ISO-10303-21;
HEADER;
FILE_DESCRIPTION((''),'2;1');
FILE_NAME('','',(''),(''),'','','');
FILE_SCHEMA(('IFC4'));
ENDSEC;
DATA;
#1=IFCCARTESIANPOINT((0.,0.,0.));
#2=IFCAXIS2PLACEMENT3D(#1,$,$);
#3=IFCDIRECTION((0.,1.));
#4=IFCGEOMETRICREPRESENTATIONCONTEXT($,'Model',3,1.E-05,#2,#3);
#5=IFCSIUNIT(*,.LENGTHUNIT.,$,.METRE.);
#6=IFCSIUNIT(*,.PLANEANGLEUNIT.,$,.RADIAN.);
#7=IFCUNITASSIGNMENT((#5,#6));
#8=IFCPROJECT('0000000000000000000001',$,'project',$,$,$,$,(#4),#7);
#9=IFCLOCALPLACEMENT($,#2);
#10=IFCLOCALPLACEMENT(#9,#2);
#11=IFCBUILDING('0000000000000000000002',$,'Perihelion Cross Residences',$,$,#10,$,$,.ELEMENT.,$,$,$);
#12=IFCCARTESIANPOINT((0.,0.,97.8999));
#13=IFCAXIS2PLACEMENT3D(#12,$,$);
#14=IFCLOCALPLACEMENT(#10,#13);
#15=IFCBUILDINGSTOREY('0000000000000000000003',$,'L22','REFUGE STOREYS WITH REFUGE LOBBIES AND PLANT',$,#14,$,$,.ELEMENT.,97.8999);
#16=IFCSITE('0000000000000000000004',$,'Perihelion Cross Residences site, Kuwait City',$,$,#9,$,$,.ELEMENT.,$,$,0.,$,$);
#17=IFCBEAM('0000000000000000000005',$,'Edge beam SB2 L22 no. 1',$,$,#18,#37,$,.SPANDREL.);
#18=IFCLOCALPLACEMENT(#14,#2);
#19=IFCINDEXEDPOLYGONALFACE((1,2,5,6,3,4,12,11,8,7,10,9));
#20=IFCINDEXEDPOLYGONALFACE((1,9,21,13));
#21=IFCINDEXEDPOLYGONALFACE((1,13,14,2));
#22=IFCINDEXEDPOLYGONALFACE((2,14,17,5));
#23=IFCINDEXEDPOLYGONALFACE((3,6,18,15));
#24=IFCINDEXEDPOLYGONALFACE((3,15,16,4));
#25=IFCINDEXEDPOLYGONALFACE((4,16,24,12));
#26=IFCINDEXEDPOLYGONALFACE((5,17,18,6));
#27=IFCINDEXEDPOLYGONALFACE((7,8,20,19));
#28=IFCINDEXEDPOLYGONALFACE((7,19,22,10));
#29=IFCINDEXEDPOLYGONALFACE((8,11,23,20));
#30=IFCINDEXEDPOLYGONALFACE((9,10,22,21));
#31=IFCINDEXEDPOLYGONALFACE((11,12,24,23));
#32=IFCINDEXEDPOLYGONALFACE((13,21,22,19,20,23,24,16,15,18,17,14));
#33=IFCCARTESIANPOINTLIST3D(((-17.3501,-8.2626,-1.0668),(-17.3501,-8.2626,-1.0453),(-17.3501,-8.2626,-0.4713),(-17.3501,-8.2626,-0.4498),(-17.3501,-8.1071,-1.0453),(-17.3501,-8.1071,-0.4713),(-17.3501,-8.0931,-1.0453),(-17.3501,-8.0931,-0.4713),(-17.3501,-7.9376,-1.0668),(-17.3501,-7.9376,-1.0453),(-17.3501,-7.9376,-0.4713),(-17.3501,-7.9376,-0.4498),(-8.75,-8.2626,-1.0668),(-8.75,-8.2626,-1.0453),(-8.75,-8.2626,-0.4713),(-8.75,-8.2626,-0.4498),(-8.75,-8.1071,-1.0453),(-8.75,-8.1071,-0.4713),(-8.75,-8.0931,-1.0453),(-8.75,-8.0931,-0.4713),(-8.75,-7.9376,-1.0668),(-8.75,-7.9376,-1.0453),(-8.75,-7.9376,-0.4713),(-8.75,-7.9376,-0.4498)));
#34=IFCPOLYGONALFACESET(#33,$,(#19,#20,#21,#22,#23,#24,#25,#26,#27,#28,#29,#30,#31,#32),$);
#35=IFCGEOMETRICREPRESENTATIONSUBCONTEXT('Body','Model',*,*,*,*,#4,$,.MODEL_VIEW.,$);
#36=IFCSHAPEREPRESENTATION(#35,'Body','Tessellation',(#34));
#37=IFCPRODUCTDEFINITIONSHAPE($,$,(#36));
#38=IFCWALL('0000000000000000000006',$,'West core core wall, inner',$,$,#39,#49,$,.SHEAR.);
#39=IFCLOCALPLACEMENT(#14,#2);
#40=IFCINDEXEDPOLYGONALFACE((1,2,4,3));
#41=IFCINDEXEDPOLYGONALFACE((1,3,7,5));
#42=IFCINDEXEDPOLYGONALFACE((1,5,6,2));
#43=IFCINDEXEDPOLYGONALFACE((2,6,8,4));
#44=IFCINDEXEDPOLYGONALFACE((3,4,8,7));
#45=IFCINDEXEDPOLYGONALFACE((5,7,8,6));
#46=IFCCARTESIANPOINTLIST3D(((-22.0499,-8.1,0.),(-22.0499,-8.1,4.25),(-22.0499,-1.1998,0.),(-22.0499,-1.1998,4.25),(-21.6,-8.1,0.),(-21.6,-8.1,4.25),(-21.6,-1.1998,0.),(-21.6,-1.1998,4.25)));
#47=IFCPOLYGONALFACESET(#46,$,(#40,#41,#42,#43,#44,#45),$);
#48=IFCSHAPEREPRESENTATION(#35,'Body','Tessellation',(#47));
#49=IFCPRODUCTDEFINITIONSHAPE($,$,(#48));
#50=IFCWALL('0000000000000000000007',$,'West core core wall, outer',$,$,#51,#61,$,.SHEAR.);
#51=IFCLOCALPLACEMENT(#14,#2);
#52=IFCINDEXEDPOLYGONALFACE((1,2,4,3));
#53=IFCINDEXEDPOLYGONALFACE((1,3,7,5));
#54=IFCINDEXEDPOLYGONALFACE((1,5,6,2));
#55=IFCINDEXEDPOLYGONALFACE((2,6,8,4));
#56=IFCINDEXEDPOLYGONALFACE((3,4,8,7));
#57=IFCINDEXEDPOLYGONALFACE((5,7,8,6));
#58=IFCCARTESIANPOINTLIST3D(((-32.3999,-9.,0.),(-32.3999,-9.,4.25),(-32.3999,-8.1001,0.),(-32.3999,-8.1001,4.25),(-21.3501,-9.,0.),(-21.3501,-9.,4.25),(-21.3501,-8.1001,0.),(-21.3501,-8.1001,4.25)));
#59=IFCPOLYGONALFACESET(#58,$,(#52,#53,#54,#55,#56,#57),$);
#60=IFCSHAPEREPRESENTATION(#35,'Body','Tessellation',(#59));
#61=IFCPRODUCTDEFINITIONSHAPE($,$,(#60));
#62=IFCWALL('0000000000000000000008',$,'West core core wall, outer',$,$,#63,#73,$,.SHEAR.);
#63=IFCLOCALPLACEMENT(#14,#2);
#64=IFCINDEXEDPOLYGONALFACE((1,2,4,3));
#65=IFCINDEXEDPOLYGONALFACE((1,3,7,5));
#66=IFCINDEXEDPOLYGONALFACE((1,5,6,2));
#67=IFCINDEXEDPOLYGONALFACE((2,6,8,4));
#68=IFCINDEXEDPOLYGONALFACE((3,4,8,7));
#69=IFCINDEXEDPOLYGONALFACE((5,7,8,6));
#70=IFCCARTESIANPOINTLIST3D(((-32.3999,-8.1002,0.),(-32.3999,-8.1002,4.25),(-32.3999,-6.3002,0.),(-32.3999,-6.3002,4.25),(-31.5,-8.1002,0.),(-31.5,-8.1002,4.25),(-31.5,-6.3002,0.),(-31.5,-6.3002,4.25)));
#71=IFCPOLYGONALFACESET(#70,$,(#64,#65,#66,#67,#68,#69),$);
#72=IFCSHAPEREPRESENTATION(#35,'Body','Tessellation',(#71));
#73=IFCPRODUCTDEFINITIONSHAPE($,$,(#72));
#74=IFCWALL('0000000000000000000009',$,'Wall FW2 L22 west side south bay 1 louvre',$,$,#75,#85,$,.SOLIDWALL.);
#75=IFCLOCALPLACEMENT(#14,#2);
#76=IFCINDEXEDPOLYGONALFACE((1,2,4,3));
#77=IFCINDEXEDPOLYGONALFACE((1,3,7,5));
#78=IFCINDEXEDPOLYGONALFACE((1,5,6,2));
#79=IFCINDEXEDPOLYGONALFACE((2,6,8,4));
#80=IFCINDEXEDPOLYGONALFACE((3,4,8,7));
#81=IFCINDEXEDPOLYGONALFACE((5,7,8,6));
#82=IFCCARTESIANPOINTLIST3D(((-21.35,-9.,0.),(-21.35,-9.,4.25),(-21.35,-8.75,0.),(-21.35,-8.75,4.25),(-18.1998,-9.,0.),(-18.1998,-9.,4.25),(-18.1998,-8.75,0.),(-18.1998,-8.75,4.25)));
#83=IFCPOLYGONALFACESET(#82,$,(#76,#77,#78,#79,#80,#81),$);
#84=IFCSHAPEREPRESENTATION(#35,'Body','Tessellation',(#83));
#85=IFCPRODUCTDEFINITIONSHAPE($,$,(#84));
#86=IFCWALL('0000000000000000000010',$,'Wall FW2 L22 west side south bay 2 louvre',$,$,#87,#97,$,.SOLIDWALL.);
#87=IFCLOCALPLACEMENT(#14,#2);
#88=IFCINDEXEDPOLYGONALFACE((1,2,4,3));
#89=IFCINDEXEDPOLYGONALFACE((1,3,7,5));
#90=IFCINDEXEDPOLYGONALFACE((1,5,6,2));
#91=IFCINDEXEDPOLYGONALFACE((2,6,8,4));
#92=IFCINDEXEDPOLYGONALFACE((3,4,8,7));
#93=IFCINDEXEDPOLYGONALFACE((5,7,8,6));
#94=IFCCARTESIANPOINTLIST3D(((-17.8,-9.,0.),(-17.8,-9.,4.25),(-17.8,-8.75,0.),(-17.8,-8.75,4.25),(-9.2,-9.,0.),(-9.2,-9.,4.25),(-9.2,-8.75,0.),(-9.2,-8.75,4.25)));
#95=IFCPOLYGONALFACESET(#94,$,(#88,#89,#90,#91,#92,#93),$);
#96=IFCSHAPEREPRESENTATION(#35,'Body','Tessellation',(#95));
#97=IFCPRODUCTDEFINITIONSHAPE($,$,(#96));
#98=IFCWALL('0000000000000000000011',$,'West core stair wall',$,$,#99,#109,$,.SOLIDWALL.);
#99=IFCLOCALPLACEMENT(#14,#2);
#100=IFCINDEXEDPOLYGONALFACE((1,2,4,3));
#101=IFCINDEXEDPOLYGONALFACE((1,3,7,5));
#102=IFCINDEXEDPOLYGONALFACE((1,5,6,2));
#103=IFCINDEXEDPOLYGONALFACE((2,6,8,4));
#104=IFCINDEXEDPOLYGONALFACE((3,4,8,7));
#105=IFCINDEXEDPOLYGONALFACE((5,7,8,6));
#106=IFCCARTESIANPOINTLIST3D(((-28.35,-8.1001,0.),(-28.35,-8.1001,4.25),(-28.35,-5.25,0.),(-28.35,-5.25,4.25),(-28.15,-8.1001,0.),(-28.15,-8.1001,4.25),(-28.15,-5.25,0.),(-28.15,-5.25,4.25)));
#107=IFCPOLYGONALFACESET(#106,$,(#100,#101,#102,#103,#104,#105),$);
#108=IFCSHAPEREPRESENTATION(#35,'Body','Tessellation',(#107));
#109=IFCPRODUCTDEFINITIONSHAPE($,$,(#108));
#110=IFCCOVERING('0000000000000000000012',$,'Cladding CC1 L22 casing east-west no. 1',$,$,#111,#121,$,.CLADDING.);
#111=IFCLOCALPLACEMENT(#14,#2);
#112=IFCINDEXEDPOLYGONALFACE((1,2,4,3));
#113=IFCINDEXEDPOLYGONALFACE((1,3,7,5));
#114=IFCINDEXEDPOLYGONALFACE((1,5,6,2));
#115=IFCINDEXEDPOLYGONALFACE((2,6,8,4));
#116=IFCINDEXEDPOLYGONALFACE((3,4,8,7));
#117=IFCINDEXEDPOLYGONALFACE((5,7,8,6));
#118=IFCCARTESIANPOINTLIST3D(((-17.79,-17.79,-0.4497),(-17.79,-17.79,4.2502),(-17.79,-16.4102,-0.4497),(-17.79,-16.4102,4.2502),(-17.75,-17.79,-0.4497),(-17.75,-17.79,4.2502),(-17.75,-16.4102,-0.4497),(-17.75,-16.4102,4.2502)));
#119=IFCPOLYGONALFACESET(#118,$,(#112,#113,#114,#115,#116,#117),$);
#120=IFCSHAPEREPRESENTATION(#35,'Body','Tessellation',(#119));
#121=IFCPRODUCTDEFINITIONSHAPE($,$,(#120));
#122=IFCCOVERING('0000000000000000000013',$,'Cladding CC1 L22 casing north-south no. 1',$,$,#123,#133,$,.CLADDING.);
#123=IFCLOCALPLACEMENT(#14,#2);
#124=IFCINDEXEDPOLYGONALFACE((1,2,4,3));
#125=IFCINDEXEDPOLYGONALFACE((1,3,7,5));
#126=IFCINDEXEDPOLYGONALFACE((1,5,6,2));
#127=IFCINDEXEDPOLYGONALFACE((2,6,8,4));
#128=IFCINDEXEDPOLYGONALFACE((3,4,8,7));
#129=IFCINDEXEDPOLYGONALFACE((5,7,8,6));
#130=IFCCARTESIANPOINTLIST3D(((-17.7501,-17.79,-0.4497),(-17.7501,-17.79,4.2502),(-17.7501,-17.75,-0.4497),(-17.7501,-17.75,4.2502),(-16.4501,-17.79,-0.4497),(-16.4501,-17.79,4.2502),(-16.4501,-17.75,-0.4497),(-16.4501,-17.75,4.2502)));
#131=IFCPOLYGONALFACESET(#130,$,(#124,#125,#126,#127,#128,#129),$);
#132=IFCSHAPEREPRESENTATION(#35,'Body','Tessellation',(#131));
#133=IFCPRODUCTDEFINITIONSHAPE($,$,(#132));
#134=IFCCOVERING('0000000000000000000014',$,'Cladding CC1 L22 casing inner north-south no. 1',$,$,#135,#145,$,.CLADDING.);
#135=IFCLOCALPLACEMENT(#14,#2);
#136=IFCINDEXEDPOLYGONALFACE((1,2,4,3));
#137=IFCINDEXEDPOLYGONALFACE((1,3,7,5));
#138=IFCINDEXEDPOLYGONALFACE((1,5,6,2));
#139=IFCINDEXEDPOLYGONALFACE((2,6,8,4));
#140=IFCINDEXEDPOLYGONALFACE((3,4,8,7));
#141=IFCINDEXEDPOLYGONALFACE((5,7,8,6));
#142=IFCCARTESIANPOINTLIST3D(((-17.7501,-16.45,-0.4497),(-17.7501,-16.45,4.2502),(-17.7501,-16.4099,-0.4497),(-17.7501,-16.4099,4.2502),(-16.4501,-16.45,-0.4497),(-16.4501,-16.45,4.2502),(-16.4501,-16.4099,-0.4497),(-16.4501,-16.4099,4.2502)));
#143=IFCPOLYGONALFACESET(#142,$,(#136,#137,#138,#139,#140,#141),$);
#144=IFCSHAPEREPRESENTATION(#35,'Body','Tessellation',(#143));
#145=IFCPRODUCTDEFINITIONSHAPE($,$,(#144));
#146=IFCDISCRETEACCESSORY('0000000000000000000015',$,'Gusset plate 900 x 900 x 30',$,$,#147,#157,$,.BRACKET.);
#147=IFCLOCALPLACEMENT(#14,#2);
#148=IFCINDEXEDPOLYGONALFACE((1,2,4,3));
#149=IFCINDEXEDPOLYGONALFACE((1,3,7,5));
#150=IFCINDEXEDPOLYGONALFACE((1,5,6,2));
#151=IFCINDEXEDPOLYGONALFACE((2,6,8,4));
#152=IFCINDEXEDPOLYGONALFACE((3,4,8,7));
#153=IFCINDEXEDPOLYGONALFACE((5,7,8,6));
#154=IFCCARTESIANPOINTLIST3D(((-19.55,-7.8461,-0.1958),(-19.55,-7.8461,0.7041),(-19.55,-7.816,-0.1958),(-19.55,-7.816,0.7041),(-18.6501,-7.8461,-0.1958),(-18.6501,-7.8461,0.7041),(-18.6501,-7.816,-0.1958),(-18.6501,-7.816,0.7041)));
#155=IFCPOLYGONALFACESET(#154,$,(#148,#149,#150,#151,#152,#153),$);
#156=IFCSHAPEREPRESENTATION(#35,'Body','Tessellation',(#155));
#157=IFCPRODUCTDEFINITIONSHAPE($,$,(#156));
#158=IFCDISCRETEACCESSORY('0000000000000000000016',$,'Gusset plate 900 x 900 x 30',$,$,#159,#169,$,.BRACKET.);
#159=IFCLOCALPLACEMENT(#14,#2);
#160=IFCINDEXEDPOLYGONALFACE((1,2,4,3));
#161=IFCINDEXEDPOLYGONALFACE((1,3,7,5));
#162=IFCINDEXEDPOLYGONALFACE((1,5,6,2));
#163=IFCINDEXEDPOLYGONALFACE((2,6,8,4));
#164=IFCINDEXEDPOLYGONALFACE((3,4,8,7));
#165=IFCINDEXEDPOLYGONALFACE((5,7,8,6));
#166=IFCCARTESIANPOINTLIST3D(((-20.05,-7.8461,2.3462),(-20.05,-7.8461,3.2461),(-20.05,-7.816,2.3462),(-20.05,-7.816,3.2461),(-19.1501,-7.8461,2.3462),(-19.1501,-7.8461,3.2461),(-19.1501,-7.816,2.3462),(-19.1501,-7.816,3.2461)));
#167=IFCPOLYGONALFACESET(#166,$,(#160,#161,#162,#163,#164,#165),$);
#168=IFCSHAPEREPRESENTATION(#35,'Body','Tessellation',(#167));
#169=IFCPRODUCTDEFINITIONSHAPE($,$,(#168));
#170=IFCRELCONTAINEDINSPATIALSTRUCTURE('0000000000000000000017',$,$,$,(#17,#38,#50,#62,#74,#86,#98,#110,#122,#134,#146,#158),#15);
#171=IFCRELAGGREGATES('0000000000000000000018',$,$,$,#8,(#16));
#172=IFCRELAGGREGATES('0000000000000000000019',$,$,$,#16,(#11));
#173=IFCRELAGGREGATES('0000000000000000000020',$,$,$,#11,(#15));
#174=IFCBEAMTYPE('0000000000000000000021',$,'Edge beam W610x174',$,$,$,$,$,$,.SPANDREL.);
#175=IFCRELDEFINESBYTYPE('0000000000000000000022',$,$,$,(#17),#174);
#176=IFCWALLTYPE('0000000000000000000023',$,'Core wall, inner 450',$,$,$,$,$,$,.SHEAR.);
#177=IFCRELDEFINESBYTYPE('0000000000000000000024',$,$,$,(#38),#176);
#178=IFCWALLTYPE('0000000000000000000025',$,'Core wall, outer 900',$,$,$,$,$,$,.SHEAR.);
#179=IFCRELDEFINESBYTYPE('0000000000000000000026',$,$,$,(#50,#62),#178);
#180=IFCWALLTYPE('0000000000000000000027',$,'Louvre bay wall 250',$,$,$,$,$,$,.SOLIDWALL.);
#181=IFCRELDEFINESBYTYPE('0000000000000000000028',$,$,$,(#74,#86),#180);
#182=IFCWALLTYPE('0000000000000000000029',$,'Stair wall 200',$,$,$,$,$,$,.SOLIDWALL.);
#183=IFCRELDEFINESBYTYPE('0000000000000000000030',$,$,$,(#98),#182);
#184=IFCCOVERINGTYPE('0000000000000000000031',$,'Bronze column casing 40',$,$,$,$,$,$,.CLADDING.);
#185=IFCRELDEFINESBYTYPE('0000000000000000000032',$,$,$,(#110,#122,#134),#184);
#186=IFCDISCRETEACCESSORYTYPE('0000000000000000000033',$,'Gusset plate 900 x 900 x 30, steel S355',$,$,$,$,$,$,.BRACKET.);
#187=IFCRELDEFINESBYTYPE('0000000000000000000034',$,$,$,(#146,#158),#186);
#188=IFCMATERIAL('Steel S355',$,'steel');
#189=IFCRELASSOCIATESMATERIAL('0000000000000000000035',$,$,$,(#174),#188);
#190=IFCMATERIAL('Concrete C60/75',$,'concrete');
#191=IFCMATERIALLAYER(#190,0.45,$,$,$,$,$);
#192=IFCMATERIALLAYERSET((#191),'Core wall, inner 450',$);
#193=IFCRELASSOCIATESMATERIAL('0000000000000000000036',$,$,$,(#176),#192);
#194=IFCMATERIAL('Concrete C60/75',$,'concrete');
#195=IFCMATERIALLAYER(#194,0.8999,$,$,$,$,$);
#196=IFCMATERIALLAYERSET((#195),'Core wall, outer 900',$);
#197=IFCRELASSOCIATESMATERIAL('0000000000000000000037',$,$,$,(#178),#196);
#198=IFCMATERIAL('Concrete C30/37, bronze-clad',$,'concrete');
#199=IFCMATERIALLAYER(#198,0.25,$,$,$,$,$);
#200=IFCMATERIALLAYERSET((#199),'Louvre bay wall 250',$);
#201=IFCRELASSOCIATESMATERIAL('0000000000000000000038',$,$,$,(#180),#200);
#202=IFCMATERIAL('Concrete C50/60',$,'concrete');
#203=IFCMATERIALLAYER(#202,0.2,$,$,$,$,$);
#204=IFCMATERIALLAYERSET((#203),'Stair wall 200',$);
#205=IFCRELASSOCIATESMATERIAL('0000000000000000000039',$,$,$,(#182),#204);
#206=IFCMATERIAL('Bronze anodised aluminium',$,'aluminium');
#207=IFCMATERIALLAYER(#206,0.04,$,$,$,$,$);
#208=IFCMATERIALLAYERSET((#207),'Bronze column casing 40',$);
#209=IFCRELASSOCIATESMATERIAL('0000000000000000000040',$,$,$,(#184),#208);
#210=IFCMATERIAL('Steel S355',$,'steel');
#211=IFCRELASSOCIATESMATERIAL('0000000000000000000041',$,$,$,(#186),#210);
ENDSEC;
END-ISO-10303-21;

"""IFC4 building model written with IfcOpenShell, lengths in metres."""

from ifc_helpers import new_model, si_unit, direction, frame, frame_2d, origin, origin_2d, place, context, subcontext, project, spatial, rectangle, i_section, extrude, material, layer, layer_set, material_profile, profile_set, type_object, element, save


model = new_model("IFC4")

# Units and contexts
model_context = context("Model", 3, precision=1e-05, world=origin(), true_north=direction((0.0, 1.0)))
body_context = subcontext(model_context, "Body", "Model", "MODEL_VIEW")
ifc_project = project(units=[si_unit("LENGTHUNIT", "METRE"), si_unit("PLANEANGLEUNIT", "RADIAN")], contexts=[model_context])

# Site, building, storey
site_placement = place(None, origin())
site = spatial("IfcSite", under=ifc_project, at=site_placement, Name="Perihelion Cross Residences site, Kuwait City", CompositionType="ELEMENT", RefElevation=0.0)
building_placement = place(site_placement, origin())
building = spatial("IfcBuilding", under=site, at=building_placement, Name="Perihelion Cross Residences", CompositionType="ELEMENT")
storey_placement = place(building_placement, frame((0.0, 0.0, 97.8999)))
storey = spatial("IfcBuildingStorey", under=building, at=storey_placement, Name="L22", Description="REFUGE STOREYS WITH REFUGE LOBBIES AND PLANT", CompositionType="ELEMENT", Elevation=97.8999)

# Beam
ifc_material_1 = material(Name="Steel S355", Category="steel")
ifc_material_profile_1 = material_profile(ifc_material_1, i_section(OverallWidth=0.325, OverallDepth=0.6169, WebThickness=0.0139, FlangeThickness=0.0215, at=origin_2d()), Name="W610x174")
ifc_profile_set_1 = profile_set([ifc_material_profile_1], Name="Steel S355")
beam_type_1 = type_object("IfcBeamType", Name="Edge beam W610x174", PredefinedType="SPANDREL", material=ifc_profile_set_1)
beam_1_placement = place(storey_placement, frame((-17.3501, -8.1001, -0.7583), z_axis=(1.0, 0.0, 0.0), x_axis=(0.0, 1.0, 0.0)))
element("IfcBeam", 1, at=beam_1_placement, inside=storey, type_object=beam_type_1, Name="Edge beam SB2 L22 no. 1", PredefinedType="SPANDREL", context=body_context, shape_type="SweptSolid", body=[
    extrude(i_section(OverallWidth=0.325, OverallDepth=0.6169, WebThickness=0.0139, FlangeThickness=0.0215, at=origin_2d()), origin(), (0.0, 0.0, 1.0), 8.6001),
])

# Walls
ifc_material_2 = material(Name="Concrete C60/75", Category="concrete")
ifc_layer_1 = layer(ifc_material_2, 0.45)
ifc_layer_set_1 = layer_set([ifc_layer_1], Name="Core wall, inner 450")
wall_type_1 = type_object("IfcWallType", Name="Core wall, inner 450", PredefinedType="SHEAR", material=ifc_layer_set_1)
wall_1_placement = place(storey_placement, frame((-21.825, -8.1001, 0.0), z_axis=(0.0, 0.0, 1.0), x_axis=(0.0, 1.0, 0.0)))
element("IfcWall", 2, at=wall_1_placement, inside=storey, type_object=wall_type_1, Name="West core core wall, inner", PredefinedType="SHEAR", context=body_context, shape_type="SweptSolid", body=[
    extrude(rectangle(XDim=6.9001, YDim=0.45, at=frame_2d((3.4502, 0.0))), origin(), (0.0, 0.0, 1.0), 4.25),
])
ifc_material_3 = material(Name="Concrete C60/75", Category="concrete")
ifc_layer_2 = layer(ifc_material_3, 0.8999)
ifc_layer_set_2 = layer_set([ifc_layer_2], Name="Core wall, outer 900")
wall_type_2 = type_object("IfcWallType", Name="Core wall, outer 900", PredefinedType="SHEAR", material=ifc_layer_set_2)
wall_2_placement = place(storey_placement, frame((-32.3999, -8.55, 0.0), z_axis=(0.0, 0.0, 1.0), x_axis=(1.0, 0.0, 0.0)))
element("IfcWall", 3, at=wall_2_placement, inside=storey, type_object=wall_type_2, Name="West core core wall, outer", PredefinedType="SHEAR", context=body_context, shape_type="SweptSolid", body=[
    extrude(rectangle(XDim=11.0498, YDim=0.8999, at=frame_2d((5.5249, 0.0))), origin(), (0.0, 0.0, 1.0), 4.25),
])
wall_3_placement = place(storey_placement, frame((-31.95, -8.1001, 0.0), z_axis=(0.0, 0.0, 1.0), x_axis=(0.0, 1.0, 0.0)))
element("IfcWall", 4, at=wall_3_placement, inside=storey, type_object=wall_type_2, Name="West core core wall, outer", PredefinedType="SHEAR", context=body_context, shape_type="SweptSolid", body=[
    extrude(rectangle(XDim=1.8, YDim=0.8999, at=frame_2d((0.8999, 0.0))), origin(), (0.0, 0.0, 1.0), 4.25),
])
ifc_material_4 = material(Name="Concrete C30/37, bronze-clad", Category="concrete")
ifc_layer_3 = layer(ifc_material_4, 0.25)
ifc_layer_set_3 = layer_set([ifc_layer_3], Name="Louvre bay wall 250")
wall_type_3 = type_object("IfcWallType", Name="Louvre bay wall 250", PredefinedType="SOLIDWALL", material=ifc_layer_set_3)
wall_4_placement = place(storey_placement, frame((-21.3501, -8.875, 0.0), z_axis=(0.0, 0.0, 1.0), x_axis=(1.0, 0.0, 0.0)))
element("IfcWall", 5, at=wall_4_placement, inside=storey, type_object=wall_type_3, Name="Wall FW2 L22 west side south bay 1 louvre", PredefinedType="SOLIDWALL", context=body_context, shape_type="SweptSolid", body=[
    extrude(rectangle(XDim=3.1501, YDim=0.25, at=frame_2d((1.5752, 0.0))), origin(), (0.0, 0.0, 1.0), 4.25),
])
wall_5_placement = place(storey_placement, frame((-17.8, -8.875, 0.0), z_axis=(0.0, 0.0, 1.0), x_axis=(1.0, 0.0, 0.0)))
element("IfcWall", 6, at=wall_5_placement, inside=storey, type_object=wall_type_3, Name="Wall FW2 L22 west side south bay 2 louvre", PredefinedType="SOLIDWALL", context=body_context, shape_type="SweptSolid", body=[
    extrude(rectangle(XDim=8.6001, YDim=0.25, at=frame_2d((4.3, 0.0))), origin(), (0.0, 0.0, 1.0), 4.25),
])
ifc_material_5 = material(Name="Concrete C50/60", Category="concrete")
ifc_layer_4 = layer(ifc_material_5, 0.2)
ifc_layer_set_4 = layer_set([ifc_layer_4], Name="Stair wall 200")
wall_type_4 = type_object("IfcWallType", Name="Stair wall 200", PredefinedType="SOLIDWALL", material=ifc_layer_set_4)
wall_6_placement = place(storey_placement, frame((-28.25, -8.1001, 0.0), z_axis=(0.0, 0.0, 1.0), x_axis=(0.0, 1.0, 0.0)))
element("IfcWall", 7, at=wall_6_placement, inside=storey, type_object=wall_type_4, Name="West core stair wall", PredefinedType="SOLIDWALL", context=body_context, shape_type="SweptSolid", body=[
    extrude(rectangle(XDim=2.8501, YDim=0.2, at=frame_2d((1.425, 0.0))), origin(), (0.0, 0.0, 1.0), 4.25),
])

# Coverings
ifc_material_6 = material(Name="Bronze anodised aluminium", Category="aluminium")
ifc_layer_5 = layer(ifc_material_6, 0.04)
ifc_layer_set_5 = layer_set([ifc_layer_5], Name="Bronze column casing 40")
covering_type = type_object("IfcCoveringType", Name="Bronze column casing 40", PredefinedType="CLADDING", material=ifc_layer_set_5)
covering_placement = place(storey_placement, frame((-17.77, -17.1001, -0.4497), z_axis=(0.0, 0.0, 1.0), x_axis=(1.0, 0.0, 0.0)))
element("IfcCovering", 8, at=covering_placement, inside=storey, type_object=covering_type, Name="Cladding CC1 L22 casing east-west no. 1", PredefinedType="CLADDING", context=body_context, shape_type="SweptSolid", body=[
    extrude(rectangle(XDim=0.04, YDim=1.3799, at=origin_2d()), origin(), (0.0, 0.0, 1.0), 4.7),
])
for number, where, z_axis, x_axis, name in (
    (9, (-17.1001, -17.77, -0.4497), (0.0, 0.0, 1.0), (1.0, 0.0, 0.0), "Cladding CC1 L22 casing north-south no. 1"),
    (10, (-17.1001, -16.4299, -0.4497), (0.0, 0.0, 1.0), (1.0, 0.0, 0.0), "Cladding CC1 L22 casing inner north-south no. 1"),
):
    element("IfcCovering", number, at=place(storey_placement, frame(where, z_axis=z_axis, x_axis=x_axis)), inside=storey, type_object=covering_type, Name=name, PredefinedType="CLADDING", context=body_context, shape_type="SweptSolid", body=[
        extrude(rectangle(XDim=1.3, YDim=0.04, at=origin_2d()), origin(), (0.0, 0.0, 1.0), 4.7),
    ])

# Discrete accessories
ifc_material_7 = material(Name="Steel S355", Category="steel")
discrete_accessory_type = type_object("IfcDiscreteAccessoryType", Name="Gusset plate 900 x 900 x 30, steel S355", PredefinedType="BRACKET", material=ifc_material_7)
for number, where, z_axis, x_axis, name in (
    (11, (-19.1001, -7.8311, -0.1958), (0.0, 0.0, 1.0), (-1.0, 0.0, 0.0), "Gusset plate 900 x 900 x 30"),
    (12, (-19.6001, -7.8311, 2.3462), (0.0, 0.0, 1.0), (1.0, 0.0, 0.0), "Gusset plate 900 x 900 x 30"),
):
    element("IfcDiscreteAccessory", number, at=place(storey_placement, frame(where, z_axis=z_axis, x_axis=x_axis)), inside=storey, type_object=discrete_accessory_type, Name=name, PredefinedType="BRACKET", context=body_context, shape_type="SweptSolid", body=[
        extrude(rectangle(XDim=0.8999, YDim=0.03, at=origin_2d()), origin(), (0.0, 0.0, 1.0), 0.8999),
    ])

save(model, "model.ifc")
